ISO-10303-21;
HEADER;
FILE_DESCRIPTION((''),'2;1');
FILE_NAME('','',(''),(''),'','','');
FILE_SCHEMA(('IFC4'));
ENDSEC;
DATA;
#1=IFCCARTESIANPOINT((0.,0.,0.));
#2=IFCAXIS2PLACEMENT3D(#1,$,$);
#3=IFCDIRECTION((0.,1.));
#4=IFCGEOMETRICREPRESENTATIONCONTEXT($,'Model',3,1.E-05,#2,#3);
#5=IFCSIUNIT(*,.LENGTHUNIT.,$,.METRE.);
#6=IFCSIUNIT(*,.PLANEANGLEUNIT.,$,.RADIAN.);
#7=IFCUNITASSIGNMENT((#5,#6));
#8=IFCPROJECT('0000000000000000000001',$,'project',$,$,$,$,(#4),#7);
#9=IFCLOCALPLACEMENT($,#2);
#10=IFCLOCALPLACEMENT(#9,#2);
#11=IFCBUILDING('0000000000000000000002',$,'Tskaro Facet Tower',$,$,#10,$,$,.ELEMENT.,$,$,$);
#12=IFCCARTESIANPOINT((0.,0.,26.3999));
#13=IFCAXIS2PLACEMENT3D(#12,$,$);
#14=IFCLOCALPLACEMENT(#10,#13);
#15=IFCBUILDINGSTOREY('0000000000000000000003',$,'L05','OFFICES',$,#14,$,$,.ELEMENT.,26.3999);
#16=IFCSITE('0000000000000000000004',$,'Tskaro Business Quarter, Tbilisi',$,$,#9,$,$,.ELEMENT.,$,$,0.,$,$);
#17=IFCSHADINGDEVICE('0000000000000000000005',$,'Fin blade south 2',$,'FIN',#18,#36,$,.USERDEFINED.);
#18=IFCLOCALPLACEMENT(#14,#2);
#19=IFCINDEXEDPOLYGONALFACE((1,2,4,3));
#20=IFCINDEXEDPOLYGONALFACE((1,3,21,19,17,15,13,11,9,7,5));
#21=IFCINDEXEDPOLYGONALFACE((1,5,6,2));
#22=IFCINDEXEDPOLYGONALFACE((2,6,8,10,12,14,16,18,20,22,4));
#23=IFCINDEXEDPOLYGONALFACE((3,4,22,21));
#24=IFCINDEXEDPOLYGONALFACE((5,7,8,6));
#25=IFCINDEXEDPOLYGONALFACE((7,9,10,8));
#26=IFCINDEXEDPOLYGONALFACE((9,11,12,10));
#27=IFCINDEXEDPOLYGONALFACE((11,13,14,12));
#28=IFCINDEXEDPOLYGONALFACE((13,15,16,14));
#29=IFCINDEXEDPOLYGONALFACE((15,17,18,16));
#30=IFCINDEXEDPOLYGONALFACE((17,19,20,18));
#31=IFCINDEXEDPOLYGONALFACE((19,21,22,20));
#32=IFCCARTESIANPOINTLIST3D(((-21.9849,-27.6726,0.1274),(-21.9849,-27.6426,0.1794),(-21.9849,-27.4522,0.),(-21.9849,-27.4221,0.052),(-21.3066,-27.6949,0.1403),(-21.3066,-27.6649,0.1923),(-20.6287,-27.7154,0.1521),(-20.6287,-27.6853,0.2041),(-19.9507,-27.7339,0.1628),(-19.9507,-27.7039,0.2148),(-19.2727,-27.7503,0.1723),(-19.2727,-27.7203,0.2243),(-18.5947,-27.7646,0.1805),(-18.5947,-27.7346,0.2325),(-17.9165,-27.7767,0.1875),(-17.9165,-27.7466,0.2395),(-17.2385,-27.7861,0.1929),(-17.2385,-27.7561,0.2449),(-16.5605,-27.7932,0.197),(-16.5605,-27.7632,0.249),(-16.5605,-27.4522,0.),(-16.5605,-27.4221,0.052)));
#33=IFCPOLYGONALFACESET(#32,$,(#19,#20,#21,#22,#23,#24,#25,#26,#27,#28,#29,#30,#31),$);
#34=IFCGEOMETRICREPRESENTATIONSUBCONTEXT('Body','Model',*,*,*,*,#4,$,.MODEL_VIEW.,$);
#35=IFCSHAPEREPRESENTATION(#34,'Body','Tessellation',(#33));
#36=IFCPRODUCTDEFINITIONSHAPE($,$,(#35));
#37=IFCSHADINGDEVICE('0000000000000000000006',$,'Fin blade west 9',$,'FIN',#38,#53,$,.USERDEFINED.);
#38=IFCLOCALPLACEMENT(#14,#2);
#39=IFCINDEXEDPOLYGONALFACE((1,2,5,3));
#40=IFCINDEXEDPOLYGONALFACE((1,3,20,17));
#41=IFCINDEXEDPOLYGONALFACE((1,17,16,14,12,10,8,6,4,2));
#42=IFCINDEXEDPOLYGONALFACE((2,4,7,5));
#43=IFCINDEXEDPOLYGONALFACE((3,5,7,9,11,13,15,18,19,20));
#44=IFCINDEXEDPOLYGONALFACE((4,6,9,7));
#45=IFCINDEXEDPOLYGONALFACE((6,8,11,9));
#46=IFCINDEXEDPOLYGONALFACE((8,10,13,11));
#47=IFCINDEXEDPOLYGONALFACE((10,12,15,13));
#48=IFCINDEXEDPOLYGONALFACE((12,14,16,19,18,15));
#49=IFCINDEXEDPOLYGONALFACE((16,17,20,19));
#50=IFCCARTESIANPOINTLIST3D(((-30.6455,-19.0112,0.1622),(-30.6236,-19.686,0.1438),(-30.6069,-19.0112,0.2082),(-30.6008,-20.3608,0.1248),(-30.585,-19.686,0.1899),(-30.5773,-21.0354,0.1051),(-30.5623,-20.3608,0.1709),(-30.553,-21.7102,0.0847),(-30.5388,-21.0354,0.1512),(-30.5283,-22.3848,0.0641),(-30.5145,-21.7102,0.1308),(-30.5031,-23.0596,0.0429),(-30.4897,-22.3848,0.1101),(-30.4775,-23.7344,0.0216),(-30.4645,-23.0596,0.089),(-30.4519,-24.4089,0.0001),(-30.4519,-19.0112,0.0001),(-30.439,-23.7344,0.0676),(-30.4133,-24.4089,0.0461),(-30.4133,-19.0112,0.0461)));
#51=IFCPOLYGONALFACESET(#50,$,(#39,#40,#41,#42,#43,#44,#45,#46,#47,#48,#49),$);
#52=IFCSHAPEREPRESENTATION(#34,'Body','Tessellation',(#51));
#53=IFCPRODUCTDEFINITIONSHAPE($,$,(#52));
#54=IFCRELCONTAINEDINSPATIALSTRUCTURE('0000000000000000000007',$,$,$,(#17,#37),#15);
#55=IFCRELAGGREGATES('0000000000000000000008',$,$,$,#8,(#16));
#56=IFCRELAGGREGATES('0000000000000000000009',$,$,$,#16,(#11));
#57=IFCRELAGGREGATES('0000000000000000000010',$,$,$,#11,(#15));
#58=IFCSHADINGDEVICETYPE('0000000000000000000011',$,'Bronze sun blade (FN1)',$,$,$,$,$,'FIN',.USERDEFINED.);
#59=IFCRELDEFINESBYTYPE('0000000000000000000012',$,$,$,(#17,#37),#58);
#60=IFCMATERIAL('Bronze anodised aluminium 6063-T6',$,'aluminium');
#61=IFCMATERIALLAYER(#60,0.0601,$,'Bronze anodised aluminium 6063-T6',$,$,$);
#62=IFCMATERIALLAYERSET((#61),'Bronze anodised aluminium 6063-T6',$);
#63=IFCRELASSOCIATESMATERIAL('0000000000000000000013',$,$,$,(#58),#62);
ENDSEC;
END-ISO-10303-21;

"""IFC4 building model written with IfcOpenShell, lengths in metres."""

from ifc_helpers import new_model, si_unit, direction, frame, origin, place, context, subcontext, project, spatial, polyline, outline, extrude, material, layer, layer_set, type_object, element, save


model = new_model("IFC4")

# Units and contexts
model_context = context("Model", 3, precision=1e-05, world=origin(), true_north=direction((0.0, 1.0)))
body_context = subcontext(model_context, "Body", "Model", "MODEL_VIEW")
ifc_project = project(units=[si_unit("LENGTHUNIT", "METRE"), si_unit("PLANEANGLEUNIT", "RADIAN")], contexts=[model_context])

# Site, building, storey
site_placement = place(None, origin())
site = spatial("IfcSite", under=ifc_project, at=site_placement, Name="Tskaro Business Quarter, Tbilisi", CompositionType="ELEMENT", RefElevation=0.0)
building_placement = place(site_placement, origin())
building = spatial("IfcBuilding", under=site, at=building_placement, Name="Tskaro Facet Tower", CompositionType="ELEMENT")
storey_placement = place(building_placement, frame((0.0, 0.0, 26.3999)))
storey = spatial("IfcBuildingStorey", under=building, at=storey_placement, Name="L05", Description="OFFICES", CompositionType="ELEMENT", Elevation=26.3999)

# Shared definitions
ifc_material_1 = material(Name="Bronze anodised aluminium 6063-T6", Category="aluminium")

# Shading devices
ifc_layer_1 = layer(ifc_material_1, 0.0601, Name="Bronze anodised aluminium 6063-T6")
ifc_layer_set_1 = layer_set([ifc_layer_1], Name="Bronze anodised aluminium 6063-T6")
shading_device_type = type_object("IfcShadingDeviceType", Name="Bronze sun blade (FN1)", ElementType="FIN", PredefinedType="USERDEFINED", material=ifc_layer_set_1)
shading_device_1_placement = place(storey_placement, frame((-21.9849, -27.4221, 0.052), z_axis=(0.000011, 0.500336, 0.865832), x_axis=(1.0, -0.000005, -0.000009)))
element("IfcShadingDevice", 1, at=shading_device_1_placement, inside=storey, type_object=shading_device_type, Name="Fin blade south 2", ObjectType="FIN", PredefinedType="USERDEFINED", context=body_context, shape_type="SweptSolid", body=[
    extrude(outline(polyline([(0.0, 0.0), (5.4243, 0.0), (5.4243, -0.3939), (4.7463, -0.3857), (4.0684, -0.3747), (3.3901, -0.3608), (2.7122, -0.3443), (2.0342, -0.3254), (1.3562, -0.304), (0.6782, -0.2804), (0.0, -0.2546), (0.0, 0.0)])), origin(), (0.0, 0.0, -1.0), 0.0601),
])
shading_device_2_placement = place(storey_placement, frame((-30.4133, -19.0112, 0.0461), z_axis=(0.641949, -0.000003, 0.766747), x_axis=(-0.000002, -1.0, -0.000002)))
element("IfcShadingDevice", 2, at=shading_device_2_placement, inside=storey, type_object=shading_device_type, Name="Fin blade west 9", ObjectType="FIN", PredefinedType="USERDEFINED", context=body_context, shape_type="SweptSolid", body=[
    extrude(outline(polyline([(0.0, 0.0), (5.3977, 0.0), (4.7231, -0.0334), (4.0483, -0.0667), (3.3735, -0.0997), (2.699, -0.1319), (2.0242, -0.1636), (1.3496, -0.1943), (0.6748, -0.2239), (0.0, -0.2525), (0.0, 0.0)])), origin(), (0.0, 0.0, -1.0), 0.0601),
])

save(model, "model.ifc")
